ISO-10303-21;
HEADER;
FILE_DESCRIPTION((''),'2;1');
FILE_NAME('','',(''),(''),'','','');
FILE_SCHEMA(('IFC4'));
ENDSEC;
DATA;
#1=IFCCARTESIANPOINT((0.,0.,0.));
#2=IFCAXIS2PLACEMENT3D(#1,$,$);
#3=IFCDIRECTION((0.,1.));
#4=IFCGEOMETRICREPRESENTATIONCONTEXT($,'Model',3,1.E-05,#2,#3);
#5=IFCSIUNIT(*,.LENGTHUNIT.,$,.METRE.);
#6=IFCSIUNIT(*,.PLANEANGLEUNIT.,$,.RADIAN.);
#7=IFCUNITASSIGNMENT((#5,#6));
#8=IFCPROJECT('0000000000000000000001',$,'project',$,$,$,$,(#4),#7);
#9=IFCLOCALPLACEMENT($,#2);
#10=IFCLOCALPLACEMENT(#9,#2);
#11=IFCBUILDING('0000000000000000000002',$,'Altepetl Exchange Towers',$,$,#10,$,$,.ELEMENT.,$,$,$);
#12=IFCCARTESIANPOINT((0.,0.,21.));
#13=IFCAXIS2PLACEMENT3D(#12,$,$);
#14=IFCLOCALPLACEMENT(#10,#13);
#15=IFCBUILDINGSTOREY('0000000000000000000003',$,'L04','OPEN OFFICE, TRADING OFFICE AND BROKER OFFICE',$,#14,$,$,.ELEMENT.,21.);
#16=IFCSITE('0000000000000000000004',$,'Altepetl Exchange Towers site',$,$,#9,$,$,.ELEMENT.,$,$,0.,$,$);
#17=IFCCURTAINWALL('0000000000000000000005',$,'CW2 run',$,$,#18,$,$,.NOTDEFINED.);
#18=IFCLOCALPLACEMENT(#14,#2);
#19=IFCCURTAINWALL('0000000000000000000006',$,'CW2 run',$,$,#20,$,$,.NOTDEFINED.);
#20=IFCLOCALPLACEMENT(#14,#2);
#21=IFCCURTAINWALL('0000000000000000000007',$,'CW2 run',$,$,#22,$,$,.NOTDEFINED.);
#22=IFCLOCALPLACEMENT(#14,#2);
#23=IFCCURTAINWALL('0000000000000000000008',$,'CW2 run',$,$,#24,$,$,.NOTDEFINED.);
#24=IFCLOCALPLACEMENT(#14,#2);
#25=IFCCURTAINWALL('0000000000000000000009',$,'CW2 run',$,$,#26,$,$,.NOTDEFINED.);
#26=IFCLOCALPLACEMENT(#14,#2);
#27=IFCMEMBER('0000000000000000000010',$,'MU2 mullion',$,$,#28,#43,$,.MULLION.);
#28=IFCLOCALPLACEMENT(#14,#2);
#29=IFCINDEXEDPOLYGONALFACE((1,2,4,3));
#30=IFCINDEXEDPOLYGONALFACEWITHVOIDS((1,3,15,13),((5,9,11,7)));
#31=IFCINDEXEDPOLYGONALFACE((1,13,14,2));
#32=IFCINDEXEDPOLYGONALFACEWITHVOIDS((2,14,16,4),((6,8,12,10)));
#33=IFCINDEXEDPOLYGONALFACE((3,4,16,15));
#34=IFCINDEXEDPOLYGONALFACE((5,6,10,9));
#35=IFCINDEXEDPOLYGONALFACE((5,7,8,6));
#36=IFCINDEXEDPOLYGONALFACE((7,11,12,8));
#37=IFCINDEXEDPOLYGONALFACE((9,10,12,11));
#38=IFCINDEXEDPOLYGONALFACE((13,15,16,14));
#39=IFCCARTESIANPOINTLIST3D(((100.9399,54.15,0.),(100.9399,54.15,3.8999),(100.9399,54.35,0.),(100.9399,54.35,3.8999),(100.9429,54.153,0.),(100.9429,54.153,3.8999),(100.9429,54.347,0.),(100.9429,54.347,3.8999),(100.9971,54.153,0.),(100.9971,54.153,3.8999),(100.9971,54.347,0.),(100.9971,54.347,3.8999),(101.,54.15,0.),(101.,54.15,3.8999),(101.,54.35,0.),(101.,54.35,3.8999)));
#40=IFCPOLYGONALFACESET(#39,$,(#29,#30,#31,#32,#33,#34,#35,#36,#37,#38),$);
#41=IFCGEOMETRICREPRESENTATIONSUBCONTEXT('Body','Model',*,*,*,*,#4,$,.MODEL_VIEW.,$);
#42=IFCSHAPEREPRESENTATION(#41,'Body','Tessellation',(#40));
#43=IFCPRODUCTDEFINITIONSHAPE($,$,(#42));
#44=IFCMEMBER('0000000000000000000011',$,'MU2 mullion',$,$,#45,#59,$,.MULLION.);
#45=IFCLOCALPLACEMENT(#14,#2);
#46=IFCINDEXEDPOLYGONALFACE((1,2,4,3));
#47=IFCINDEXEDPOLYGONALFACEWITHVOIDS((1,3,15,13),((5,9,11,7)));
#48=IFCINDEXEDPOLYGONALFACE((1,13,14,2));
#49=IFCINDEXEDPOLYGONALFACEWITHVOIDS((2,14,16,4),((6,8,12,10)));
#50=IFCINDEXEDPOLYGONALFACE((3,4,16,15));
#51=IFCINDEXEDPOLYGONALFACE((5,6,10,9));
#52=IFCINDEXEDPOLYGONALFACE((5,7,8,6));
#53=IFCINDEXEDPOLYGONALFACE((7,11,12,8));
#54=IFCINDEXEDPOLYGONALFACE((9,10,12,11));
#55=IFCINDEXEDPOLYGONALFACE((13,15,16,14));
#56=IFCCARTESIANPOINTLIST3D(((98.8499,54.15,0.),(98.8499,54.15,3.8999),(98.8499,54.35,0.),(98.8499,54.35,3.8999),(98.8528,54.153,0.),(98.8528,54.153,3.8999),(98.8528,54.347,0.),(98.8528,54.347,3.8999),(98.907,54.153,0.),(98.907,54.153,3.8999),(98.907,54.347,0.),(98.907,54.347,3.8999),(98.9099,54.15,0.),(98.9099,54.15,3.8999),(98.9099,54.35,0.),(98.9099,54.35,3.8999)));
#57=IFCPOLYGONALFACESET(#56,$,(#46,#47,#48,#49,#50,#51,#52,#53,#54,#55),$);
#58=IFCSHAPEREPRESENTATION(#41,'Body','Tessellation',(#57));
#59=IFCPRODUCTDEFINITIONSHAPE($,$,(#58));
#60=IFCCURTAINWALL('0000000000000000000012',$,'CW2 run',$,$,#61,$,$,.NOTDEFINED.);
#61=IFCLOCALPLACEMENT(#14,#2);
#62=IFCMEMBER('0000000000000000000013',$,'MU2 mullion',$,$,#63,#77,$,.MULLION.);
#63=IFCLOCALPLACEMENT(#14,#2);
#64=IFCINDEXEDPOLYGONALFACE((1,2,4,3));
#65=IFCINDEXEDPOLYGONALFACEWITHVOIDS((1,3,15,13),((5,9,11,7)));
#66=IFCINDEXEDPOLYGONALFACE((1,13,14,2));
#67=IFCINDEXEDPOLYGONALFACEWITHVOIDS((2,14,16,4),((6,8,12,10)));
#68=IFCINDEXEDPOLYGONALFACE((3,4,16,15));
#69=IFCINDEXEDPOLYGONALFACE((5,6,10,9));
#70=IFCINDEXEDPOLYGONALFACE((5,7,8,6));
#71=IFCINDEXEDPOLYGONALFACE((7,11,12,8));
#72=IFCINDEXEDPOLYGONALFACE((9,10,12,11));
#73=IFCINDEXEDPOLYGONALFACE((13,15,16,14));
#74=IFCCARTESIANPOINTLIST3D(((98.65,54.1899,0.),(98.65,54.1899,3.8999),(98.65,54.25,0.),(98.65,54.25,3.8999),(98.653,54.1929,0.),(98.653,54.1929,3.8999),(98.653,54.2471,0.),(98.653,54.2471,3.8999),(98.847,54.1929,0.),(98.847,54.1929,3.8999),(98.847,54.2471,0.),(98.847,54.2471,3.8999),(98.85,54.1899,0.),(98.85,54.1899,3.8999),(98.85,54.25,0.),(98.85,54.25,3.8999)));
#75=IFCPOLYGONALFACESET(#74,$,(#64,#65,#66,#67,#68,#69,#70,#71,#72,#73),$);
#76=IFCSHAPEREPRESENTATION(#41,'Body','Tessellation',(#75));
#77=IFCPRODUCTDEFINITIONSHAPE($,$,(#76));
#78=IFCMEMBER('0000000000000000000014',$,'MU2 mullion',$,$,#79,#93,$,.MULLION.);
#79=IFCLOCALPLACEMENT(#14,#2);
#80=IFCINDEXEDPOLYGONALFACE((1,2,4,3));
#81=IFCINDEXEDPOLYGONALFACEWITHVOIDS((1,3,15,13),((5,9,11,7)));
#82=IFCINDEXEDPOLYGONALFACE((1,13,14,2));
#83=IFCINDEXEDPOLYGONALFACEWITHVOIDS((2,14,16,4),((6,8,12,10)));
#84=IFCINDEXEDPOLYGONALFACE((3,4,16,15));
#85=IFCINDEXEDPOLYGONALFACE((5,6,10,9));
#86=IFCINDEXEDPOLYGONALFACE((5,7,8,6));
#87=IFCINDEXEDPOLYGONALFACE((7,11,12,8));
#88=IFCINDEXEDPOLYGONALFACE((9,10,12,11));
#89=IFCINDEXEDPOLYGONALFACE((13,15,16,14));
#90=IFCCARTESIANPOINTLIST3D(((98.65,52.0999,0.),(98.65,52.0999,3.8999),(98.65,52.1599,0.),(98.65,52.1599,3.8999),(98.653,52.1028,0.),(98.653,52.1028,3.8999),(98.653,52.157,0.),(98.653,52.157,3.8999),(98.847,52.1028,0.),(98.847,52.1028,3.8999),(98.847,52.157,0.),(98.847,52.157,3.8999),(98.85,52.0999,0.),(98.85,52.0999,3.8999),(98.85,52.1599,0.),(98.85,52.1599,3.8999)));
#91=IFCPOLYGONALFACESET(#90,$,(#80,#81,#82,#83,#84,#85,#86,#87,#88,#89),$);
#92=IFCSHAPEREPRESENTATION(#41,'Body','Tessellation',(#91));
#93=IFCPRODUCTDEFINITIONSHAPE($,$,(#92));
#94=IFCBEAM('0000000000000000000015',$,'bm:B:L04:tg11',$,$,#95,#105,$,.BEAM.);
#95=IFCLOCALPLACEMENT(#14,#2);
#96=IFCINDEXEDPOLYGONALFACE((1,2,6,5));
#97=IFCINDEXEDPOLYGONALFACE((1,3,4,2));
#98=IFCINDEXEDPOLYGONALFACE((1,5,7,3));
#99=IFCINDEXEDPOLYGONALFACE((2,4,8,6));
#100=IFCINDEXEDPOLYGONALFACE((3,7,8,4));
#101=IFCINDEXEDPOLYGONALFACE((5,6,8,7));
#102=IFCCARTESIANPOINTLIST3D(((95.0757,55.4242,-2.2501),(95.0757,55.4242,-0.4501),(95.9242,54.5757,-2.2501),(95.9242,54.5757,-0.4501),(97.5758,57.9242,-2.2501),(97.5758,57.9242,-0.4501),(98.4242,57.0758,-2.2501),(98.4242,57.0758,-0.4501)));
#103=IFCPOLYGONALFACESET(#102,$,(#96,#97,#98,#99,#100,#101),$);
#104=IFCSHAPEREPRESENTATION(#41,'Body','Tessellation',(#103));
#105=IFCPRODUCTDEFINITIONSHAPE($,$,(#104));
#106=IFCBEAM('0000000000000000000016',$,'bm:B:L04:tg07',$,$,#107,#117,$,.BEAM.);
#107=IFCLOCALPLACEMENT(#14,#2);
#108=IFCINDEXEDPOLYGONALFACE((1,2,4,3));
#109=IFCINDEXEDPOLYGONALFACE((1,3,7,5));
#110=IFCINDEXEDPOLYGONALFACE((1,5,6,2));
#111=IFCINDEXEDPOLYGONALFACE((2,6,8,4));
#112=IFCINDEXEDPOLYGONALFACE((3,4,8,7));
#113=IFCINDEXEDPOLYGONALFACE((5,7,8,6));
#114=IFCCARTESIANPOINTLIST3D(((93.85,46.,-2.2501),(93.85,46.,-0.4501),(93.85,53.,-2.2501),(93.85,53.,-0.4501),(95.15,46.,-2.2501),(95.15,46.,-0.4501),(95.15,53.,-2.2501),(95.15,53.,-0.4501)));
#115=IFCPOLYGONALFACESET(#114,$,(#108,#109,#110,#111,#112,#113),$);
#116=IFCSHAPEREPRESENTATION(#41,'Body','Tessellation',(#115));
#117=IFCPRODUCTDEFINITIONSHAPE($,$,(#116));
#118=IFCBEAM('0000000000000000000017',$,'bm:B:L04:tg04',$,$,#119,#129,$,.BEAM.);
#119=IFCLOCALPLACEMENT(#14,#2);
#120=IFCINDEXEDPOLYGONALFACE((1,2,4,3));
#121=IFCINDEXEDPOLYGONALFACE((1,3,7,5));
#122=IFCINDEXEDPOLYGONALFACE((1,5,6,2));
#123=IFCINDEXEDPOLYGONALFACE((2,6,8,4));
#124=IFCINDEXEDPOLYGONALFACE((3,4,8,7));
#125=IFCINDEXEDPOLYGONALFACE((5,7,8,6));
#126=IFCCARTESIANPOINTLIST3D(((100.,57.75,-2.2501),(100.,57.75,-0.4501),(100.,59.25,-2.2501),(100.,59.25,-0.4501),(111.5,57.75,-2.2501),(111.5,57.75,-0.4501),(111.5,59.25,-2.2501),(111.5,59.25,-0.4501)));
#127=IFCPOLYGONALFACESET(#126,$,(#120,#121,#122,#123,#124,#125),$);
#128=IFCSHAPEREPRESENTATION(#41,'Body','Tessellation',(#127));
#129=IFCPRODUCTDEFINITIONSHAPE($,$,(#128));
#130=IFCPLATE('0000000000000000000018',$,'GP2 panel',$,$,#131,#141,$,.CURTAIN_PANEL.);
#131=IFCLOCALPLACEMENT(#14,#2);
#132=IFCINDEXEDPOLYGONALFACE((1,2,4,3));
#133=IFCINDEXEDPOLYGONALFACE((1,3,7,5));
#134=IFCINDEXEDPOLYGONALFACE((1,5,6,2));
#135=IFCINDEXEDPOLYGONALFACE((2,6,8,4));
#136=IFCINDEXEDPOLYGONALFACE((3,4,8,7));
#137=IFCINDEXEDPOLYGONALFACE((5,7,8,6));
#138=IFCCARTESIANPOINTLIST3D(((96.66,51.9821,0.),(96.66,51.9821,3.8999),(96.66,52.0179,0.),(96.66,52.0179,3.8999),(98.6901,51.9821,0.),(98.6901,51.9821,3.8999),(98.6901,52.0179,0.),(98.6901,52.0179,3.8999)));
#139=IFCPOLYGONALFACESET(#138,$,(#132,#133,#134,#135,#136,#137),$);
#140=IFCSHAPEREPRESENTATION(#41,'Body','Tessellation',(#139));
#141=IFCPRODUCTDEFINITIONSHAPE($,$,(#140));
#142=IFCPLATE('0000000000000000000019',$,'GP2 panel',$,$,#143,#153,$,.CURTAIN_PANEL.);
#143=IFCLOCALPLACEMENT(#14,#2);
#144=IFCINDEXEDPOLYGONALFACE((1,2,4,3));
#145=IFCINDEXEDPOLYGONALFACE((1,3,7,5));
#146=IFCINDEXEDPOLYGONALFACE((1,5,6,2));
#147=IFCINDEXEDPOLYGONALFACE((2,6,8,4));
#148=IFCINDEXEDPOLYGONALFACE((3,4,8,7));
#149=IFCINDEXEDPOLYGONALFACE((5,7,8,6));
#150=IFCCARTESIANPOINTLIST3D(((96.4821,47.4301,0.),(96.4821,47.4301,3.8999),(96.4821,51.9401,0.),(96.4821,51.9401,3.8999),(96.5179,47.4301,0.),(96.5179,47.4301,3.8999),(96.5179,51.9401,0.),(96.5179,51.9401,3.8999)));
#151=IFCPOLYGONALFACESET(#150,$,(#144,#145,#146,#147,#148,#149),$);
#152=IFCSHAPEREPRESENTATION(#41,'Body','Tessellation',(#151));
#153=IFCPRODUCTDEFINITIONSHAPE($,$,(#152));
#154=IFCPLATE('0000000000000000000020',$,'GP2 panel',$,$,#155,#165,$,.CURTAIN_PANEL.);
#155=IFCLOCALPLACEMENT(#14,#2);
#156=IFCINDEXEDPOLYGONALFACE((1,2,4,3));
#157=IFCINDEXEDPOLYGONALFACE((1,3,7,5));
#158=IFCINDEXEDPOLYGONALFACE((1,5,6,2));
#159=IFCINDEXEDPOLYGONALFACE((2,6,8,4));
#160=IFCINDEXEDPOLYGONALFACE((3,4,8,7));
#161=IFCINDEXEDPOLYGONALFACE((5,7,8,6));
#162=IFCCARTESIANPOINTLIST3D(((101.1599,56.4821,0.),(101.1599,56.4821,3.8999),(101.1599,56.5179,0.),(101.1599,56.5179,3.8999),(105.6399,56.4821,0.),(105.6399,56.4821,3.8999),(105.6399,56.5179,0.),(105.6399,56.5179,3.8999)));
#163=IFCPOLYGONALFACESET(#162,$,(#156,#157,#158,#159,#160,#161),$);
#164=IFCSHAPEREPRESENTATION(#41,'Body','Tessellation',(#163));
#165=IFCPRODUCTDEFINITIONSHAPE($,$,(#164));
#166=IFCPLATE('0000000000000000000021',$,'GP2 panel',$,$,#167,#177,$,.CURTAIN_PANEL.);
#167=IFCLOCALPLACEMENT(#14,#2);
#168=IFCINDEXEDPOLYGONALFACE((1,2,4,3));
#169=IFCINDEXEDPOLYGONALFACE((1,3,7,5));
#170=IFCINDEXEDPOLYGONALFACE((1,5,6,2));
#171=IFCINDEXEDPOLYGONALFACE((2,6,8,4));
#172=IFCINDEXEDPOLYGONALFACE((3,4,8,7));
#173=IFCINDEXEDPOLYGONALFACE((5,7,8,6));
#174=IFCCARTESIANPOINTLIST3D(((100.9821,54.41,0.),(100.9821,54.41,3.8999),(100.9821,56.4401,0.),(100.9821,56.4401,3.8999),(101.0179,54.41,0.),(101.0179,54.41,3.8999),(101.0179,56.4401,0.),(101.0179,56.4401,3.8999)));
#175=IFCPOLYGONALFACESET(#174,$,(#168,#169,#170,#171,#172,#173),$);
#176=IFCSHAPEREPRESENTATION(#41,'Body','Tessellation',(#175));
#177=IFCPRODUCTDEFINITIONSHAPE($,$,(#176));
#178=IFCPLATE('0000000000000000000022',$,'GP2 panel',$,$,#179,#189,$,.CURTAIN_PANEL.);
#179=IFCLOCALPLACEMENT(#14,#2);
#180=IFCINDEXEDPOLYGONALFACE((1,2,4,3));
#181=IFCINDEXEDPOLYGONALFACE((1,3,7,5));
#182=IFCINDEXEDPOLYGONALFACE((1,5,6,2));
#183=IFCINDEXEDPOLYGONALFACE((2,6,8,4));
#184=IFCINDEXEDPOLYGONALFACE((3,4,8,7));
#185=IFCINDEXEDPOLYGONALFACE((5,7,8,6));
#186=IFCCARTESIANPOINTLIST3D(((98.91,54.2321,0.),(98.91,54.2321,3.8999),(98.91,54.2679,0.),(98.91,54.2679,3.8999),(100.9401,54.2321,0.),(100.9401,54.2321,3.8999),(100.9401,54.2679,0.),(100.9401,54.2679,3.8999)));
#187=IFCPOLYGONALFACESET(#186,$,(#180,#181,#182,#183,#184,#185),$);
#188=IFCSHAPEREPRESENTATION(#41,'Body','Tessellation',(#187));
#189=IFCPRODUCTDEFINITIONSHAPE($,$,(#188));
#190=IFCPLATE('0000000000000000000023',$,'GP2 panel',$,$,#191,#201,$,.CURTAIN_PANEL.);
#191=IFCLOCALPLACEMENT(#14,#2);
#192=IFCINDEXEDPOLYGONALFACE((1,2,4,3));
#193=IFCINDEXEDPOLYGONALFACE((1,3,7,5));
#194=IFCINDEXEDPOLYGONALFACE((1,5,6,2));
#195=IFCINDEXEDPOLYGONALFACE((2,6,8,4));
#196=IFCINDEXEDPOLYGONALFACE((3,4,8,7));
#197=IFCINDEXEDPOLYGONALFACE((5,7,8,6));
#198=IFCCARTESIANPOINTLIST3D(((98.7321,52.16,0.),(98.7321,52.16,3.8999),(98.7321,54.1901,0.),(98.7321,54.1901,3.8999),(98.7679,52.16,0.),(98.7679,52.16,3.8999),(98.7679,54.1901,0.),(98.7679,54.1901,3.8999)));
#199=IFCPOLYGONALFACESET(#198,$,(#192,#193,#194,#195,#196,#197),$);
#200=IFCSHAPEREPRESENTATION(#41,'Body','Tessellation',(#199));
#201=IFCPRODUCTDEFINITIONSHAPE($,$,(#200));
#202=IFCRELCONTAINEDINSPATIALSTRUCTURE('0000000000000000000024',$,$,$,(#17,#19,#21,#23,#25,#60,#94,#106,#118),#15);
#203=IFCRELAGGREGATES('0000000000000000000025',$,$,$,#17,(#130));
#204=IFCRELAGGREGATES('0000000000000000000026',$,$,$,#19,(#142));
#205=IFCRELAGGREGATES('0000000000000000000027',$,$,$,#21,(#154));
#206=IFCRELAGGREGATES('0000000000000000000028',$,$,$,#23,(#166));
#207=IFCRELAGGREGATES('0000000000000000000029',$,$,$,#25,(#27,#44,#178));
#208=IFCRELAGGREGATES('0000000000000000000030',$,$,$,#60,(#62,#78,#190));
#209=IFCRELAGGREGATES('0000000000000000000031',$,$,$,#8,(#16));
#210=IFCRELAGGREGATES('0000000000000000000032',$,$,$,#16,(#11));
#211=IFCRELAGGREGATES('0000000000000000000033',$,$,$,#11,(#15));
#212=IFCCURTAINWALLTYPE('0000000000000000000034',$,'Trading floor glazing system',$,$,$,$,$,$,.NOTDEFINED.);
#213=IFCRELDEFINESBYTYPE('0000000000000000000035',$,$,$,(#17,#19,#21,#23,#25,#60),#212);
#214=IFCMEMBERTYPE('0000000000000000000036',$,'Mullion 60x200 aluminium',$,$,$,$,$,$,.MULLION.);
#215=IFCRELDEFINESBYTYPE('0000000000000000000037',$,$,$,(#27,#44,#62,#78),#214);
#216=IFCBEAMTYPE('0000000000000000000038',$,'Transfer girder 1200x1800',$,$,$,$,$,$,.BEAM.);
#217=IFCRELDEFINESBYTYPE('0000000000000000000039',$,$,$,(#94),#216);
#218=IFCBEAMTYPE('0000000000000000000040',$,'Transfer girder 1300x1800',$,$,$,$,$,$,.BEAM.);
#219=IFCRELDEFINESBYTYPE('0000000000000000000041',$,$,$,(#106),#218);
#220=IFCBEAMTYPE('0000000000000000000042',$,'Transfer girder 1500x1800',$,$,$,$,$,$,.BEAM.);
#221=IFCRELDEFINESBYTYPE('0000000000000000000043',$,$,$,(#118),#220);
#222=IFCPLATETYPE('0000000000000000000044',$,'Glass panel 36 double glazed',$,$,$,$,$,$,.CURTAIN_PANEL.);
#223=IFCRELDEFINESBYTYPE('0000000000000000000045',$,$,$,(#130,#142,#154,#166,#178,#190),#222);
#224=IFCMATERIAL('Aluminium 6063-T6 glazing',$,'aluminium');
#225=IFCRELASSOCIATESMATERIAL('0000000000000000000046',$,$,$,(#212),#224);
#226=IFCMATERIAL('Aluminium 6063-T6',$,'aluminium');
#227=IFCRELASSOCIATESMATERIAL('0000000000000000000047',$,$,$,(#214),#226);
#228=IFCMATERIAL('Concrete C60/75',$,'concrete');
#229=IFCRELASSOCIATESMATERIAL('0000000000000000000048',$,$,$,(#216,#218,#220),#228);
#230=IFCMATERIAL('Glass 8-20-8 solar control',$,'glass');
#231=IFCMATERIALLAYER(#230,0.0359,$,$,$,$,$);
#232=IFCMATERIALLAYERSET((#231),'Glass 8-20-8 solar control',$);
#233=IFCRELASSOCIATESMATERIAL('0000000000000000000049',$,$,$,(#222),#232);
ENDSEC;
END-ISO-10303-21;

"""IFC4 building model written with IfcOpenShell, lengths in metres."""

from ifc_helpers import new_model, si_unit, direction, frame, origin, origin_2d, place, context, subcontext, project, spatial, rectangle, hollow_rectangle, extrude, material, layer, layer_set, material_profile, profile_set, type_object, element, aggregate, save


model = new_model("IFC4")

# Units and contexts
model_context = context("Model", 3, precision=1e-05, world=origin(), true_north=direction((0.0, 1.0)))
body_context = subcontext(model_context, "Body", "Model", "MODEL_VIEW")
ifc_project = project(units=[si_unit("LENGTHUNIT", "METRE"), si_unit("PLANEANGLEUNIT", "RADIAN")], contexts=[model_context])

# Site, building, storey
site_placement = place(None, origin())
site = spatial("IfcSite", under=ifc_project, at=site_placement, Name="Altepetl Exchange Towers site", CompositionType="ELEMENT", RefElevation=0.0)
building_placement = place(site_placement, origin())
building = spatial("IfcBuilding", under=site, at=building_placement, Name="Altepetl Exchange Towers", CompositionType="ELEMENT")
storey_placement = place(building_placement, frame((0.0, 0.0, 21.0)))
storey = spatial("IfcBuildingStorey", under=building, at=storey_placement, Name="L04", Description="OPEN OFFICE, TRADING OFFICE AND BROKER OFFICE", CompositionType="ELEMENT", Elevation=21.0)

# Curtain walls
ifc_material_1 = material(Name="Aluminium 6063-T6 glazing", Category="aluminium")
curtain_wall_type = type_object("IfcCurtainWallType", Name="Trading floor glazing system", PredefinedType="NOTDEFINED", material=ifc_material_1)
curtain_wall_1_placement = place(storey_placement, origin())
curtain_wall_1 = element("IfcCurtainWall", 1, at=curtain_wall_1_placement, inside=storey, type_object=curtain_wall_type, Name="CW2 run", PredefinedType="NOTDEFINED")
ifc_material_2 = material(Name="Aluminium 6063-T6", Category="aluminium")
ifc_material_profile_1 = material_profile(ifc_material_2, hollow_rectangle(XDim=0.0601, YDim=0.2, WallThickness=0.0029, at=origin_2d()), Name="Mullion 60x200 aluminium")
ifc_profile_set_1 = profile_set([ifc_material_profile_1], Name="Aluminium 6063-T6")
member_type = type_object("IfcMemberType", Name="Mullion 60x200 aluminium", PredefinedType="MULLION", material=ifc_profile_set_1)
curtain_wall_2_placement = place(storey_placement, origin())
curtain_wall_2 = element("IfcCurtainWall", 2, at=curtain_wall_2_placement, inside=storey, type_object=curtain_wall_type, Name="CW2 run", PredefinedType="NOTDEFINED")

# Curtain wall
curtain_wall_3_placement = place(storey_placement, origin())
curtain_wall_3 = element("IfcCurtainWall", 3, at=curtain_wall_3_placement, inside=storey, type_object=curtain_wall_type, Name="CW2 run", PredefinedType="NOTDEFINED")

# Curtain walls, members
curtain_wall_4_placement = place(storey_placement, origin())
curtain_wall_4 = element("IfcCurtainWall", 4, at=curtain_wall_4_placement, inside=storey, type_object=curtain_wall_type, Name="CW2 run", PredefinedType="NOTDEFINED")
curtain_wall_5_placement = place(storey_placement, origin())
curtain_wall_5 = element("IfcCurtainWall", 5, at=curtain_wall_5_placement, inside=storey, type_object=curtain_wall_type, Name="CW2 run", PredefinedType="NOTDEFINED")
member_1_placement = place(storey_placement, frame((100.97, 54.25, 0.0), z_axis=(0.0, 0.0, 1.0), x_axis=(-1.0, 0.0, 0.0)))
member_1 = element("IfcMember", 6, at=member_1_placement, type_object=member_type, Name="MU2 mullion", PredefinedType="MULLION", context=body_context, shape_type="SweptSolid", body=[
    extrude(hollow_rectangle(XDim=0.0601, YDim=0.2, WallThickness=0.0029, at=origin_2d()), origin(), (0.0, 0.0, 1.0), 3.8999),
])
member_2_placement = place(storey_placement, frame((98.8799, 54.25, 0.0), z_axis=(0.0, 0.0, 1.0), x_axis=(-1.0, 0.0, 0.0)))
member_2 = element("IfcMember", 7, at=member_2_placement, type_object=member_type, Name="MU2 mullion", PredefinedType="MULLION", context=body_context, shape_type="SweptSolid", body=[
    extrude(hollow_rectangle(XDim=0.0601, YDim=0.2, WallThickness=0.0029, at=origin_2d()), origin(), (0.0, 0.0, 1.0), 3.8999),
])
curtain_wall_6_placement = place(storey_placement, origin())
curtain_wall_6 = element("IfcCurtainWall", 8, at=curtain_wall_6_placement, inside=storey, type_object=curtain_wall_type, Name="CW2 run", PredefinedType="NOTDEFINED")
member_3_placement = place(storey_placement, frame((98.75, 54.22, 0.0), z_axis=(0.0, 0.0, 1.0), x_axis=(0.0, -1.0, 0.0)))
member_3 = element("IfcMember", 9, at=member_3_placement, type_object=member_type, Name="MU2 mullion", PredefinedType="MULLION", context=body_context, shape_type="SweptSolid", body=[
    extrude(hollow_rectangle(XDim=0.0601, YDim=0.2, WallThickness=0.0029, at=origin_2d()), origin(), (0.0, 0.0, 1.0), 3.8999),
])
member_4_placement = place(storey_placement, frame((98.75, 52.1299, 0.0), z_axis=(0.0, 0.0, 1.0), x_axis=(0.0, -1.0, 0.0)))
member_4 = element("IfcMember", 10, at=member_4_placement, type_object=member_type, Name="MU2 mullion", PredefinedType="MULLION", context=body_context, shape_type="SweptSolid", body=[
    extrude(hollow_rectangle(XDim=0.0601, YDim=0.2, WallThickness=0.0029, at=origin_2d()), origin(), (0.0, 0.0, 1.0), 3.8999),
])

# Beams
ifc_material_3 = material(Name="Concrete C60/75", Category="concrete")
ifc_material_profile_2 = material_profile(ifc_material_3, rectangle(XDim=1.2, YDim=1.8, at=origin_2d()), Name="1200 x 1800")
ifc_profile_set_2 = profile_set([ifc_material_profile_2], Name="Concrete C60/75")
beam_type_1 = type_object("IfcBeamType", Name="Transfer girder 1200x1800", PredefinedType="BEAM", material=ifc_profile_set_2)
beam_1_placement = place(storey_placement, frame((98.0, 57.5, -1.3501), z_axis=(-0.707107, -0.707107, 0.0), x_axis=(0.707107, -0.707107, 0.0)))
element("IfcBeam", 11, at=beam_1_placement, inside=storey, type_object=beam_type_1, Name="bm:B:L04:tg11", PredefinedType="BEAM", context=body_context, shape_type="SweptSolid", body=[
    extrude(rectangle(XDim=1.2, YDim=1.8, at=origin_2d()), origin(), (0.0, 0.0, 1.0), 3.5356),
])
ifc_material_profile_3 = material_profile(ifc_material_3, rectangle(XDim=1.3, YDim=1.8, at=origin_2d()), Name="1300 x 1800")
ifc_profile_set_3 = profile_set([ifc_material_profile_3], Name="Concrete C60/75")
beam_type_2 = type_object("IfcBeamType", Name="Transfer girder 1300x1800", PredefinedType="BEAM", material=ifc_profile_set_3)
beam_2_placement = place(storey_placement, frame((94.5, 46.0, -1.3501), z_axis=(0.0, 1.0, 0.0), x_axis=(-1.0, 0.0, 0.0)))
element("IfcBeam", 12, at=beam_2_placement, inside=storey, type_object=beam_type_2, Name="bm:B:L04:tg07", PredefinedType="BEAM", context=body_context, shape_type="SweptSolid", body=[
    extrude(rectangle(XDim=1.3, YDim=1.8, at=origin_2d()), origin(), (0.0, 0.0, 1.0), 7.0),
])
ifc_material_profile_4 = material_profile(ifc_material_3, rectangle(XDim=1.5, YDim=1.8, at=origin_2d()), Name="1500 x 1800")
ifc_profile_set_4 = profile_set([ifc_material_profile_4], Name="Concrete C60/75")
beam_type_3 = type_object("IfcBeamType", Name="Transfer girder 1500x1800", PredefinedType="BEAM", material=ifc_profile_set_4)
beam_3_placement = place(storey_placement, frame((100.0, 58.5, -1.3501), z_axis=(1.0, 0.0, 0.0), x_axis=(0.0, 1.0, 0.0)))
element("IfcBeam", 13, at=beam_3_placement, inside=storey, type_object=beam_type_3, Name="bm:B:L04:tg04", PredefinedType="BEAM", context=body_context, shape_type="SweptSolid", body=[
    extrude(rectangle(XDim=1.5, YDim=1.8, at=origin_2d()), origin(), (0.0, 0.0, 1.0), 11.5),
])

# Plates
ifc_material_4 = material(Name="Glass 8-20-8 solar control", Category="glass")
ifc_layer_1 = layer(ifc_material_4, 0.0359)
ifc_layer_set_1 = layer_set([ifc_layer_1], Name="Glass 8-20-8 solar control")
plate_type = type_object("IfcPlateType", Name="Glass panel 36 double glazed", PredefinedType="CURTAIN_PANEL", material=ifc_layer_set_1)
plate_1_placement = place(storey_placement, frame((97.675, 52.0, 0.0), z_axis=(0.0, 0.0, 1.0), x_axis=(-1.0, 0.0, 0.0)))
plate_1 = element("IfcPlate", 14, at=plate_1_placement, type_object=plate_type, Name="GP2 panel", PredefinedType="CURTAIN_PANEL", context=body_context, shape_type="SweptSolid", body=[
    extrude(rectangle(XDim=2.03, YDim=0.0359, at=origin_2d()), origin(), (0.0, 0.0, 1.0), 3.8999),
])
aggregate(curtain_wall_1, [plate_1])
plate_2_placement = place(storey_placement, frame((96.5, 49.6851, 0.0), z_axis=(0.0, 0.0, 1.0), x_axis=(0.0, -1.0, 0.0)))
plate_2 = element("IfcPlate", 15, at=plate_2_placement, type_object=plate_type, Name="GP2 panel", PredefinedType="CURTAIN_PANEL", context=body_context, shape_type="SweptSolid", body=[
    extrude(rectangle(XDim=4.51, YDim=0.0359, at=origin_2d()), origin(), (0.0, 0.0, 1.0), 3.8999),
])
aggregate(curtain_wall_2, [plate_2])
plate_3_placement = place(storey_placement, frame((103.3999, 56.5, 0.0), z_axis=(0.0, 0.0, 1.0), x_axis=(-1.0, 0.0, 0.0)))
plate_3 = element("IfcPlate", 16, at=plate_3_placement, type_object=plate_type, Name="GP2 panel", PredefinedType="CURTAIN_PANEL", context=body_context, shape_type="SweptSolid", body=[
    extrude(rectangle(XDim=4.48, YDim=0.0359, at=origin_2d()), origin(), (0.0, 0.0, 1.0), 3.8999),
])
aggregate(curtain_wall_3, [plate_3])
plate_4_placement = place(storey_placement, frame((101.0, 55.425, 0.0), z_axis=(0.0, 0.0, 1.0), x_axis=(0.0, -1.0, 0.0)))
plate_4 = element("IfcPlate", 17, at=plate_4_placement, type_object=plate_type, Name="GP2 panel", PredefinedType="CURTAIN_PANEL", context=body_context, shape_type="SweptSolid", body=[
    extrude(rectangle(XDim=2.03, YDim=0.0359, at=origin_2d()), origin(), (0.0, 0.0, 1.0), 3.8999),
])
aggregate(curtain_wall_4, [plate_4])
plate_5_placement = place(storey_placement, frame((99.925, 54.25, 0.0), z_axis=(0.0, 0.0, 1.0), x_axis=(-1.0, 0.0, 0.0)))
plate_5 = element("IfcPlate", 18, at=plate_5_placement, type_object=plate_type, Name="GP2 panel", PredefinedType="CURTAIN_PANEL", context=body_context, shape_type="SweptSolid", body=[
    extrude(rectangle(XDim=2.03, YDim=0.0359, at=origin_2d()), origin(), (0.0, 0.0, 1.0), 3.8999),
])
aggregate(curtain_wall_5, [member_1, member_2, plate_5])
plate_6_placement = place(storey_placement, frame((98.75, 53.175, 0.0), z_axis=(0.0, 0.0, 1.0), x_axis=(0.0, -1.0, 0.0)))
plate_6 = element("IfcPlate", 19, at=plate_6_placement, type_object=plate_type, Name="GP2 panel", PredefinedType="CURTAIN_PANEL", context=body_context, shape_type="SweptSolid", body=[
    extrude(rectangle(XDim=2.03, YDim=0.0359, at=origin_2d()), origin(), (0.0, 0.0, 1.0), 3.8999),
])
aggregate(curtain_wall_6, [member_3, member_4, plate_6])

save(model, "model.ifc")
